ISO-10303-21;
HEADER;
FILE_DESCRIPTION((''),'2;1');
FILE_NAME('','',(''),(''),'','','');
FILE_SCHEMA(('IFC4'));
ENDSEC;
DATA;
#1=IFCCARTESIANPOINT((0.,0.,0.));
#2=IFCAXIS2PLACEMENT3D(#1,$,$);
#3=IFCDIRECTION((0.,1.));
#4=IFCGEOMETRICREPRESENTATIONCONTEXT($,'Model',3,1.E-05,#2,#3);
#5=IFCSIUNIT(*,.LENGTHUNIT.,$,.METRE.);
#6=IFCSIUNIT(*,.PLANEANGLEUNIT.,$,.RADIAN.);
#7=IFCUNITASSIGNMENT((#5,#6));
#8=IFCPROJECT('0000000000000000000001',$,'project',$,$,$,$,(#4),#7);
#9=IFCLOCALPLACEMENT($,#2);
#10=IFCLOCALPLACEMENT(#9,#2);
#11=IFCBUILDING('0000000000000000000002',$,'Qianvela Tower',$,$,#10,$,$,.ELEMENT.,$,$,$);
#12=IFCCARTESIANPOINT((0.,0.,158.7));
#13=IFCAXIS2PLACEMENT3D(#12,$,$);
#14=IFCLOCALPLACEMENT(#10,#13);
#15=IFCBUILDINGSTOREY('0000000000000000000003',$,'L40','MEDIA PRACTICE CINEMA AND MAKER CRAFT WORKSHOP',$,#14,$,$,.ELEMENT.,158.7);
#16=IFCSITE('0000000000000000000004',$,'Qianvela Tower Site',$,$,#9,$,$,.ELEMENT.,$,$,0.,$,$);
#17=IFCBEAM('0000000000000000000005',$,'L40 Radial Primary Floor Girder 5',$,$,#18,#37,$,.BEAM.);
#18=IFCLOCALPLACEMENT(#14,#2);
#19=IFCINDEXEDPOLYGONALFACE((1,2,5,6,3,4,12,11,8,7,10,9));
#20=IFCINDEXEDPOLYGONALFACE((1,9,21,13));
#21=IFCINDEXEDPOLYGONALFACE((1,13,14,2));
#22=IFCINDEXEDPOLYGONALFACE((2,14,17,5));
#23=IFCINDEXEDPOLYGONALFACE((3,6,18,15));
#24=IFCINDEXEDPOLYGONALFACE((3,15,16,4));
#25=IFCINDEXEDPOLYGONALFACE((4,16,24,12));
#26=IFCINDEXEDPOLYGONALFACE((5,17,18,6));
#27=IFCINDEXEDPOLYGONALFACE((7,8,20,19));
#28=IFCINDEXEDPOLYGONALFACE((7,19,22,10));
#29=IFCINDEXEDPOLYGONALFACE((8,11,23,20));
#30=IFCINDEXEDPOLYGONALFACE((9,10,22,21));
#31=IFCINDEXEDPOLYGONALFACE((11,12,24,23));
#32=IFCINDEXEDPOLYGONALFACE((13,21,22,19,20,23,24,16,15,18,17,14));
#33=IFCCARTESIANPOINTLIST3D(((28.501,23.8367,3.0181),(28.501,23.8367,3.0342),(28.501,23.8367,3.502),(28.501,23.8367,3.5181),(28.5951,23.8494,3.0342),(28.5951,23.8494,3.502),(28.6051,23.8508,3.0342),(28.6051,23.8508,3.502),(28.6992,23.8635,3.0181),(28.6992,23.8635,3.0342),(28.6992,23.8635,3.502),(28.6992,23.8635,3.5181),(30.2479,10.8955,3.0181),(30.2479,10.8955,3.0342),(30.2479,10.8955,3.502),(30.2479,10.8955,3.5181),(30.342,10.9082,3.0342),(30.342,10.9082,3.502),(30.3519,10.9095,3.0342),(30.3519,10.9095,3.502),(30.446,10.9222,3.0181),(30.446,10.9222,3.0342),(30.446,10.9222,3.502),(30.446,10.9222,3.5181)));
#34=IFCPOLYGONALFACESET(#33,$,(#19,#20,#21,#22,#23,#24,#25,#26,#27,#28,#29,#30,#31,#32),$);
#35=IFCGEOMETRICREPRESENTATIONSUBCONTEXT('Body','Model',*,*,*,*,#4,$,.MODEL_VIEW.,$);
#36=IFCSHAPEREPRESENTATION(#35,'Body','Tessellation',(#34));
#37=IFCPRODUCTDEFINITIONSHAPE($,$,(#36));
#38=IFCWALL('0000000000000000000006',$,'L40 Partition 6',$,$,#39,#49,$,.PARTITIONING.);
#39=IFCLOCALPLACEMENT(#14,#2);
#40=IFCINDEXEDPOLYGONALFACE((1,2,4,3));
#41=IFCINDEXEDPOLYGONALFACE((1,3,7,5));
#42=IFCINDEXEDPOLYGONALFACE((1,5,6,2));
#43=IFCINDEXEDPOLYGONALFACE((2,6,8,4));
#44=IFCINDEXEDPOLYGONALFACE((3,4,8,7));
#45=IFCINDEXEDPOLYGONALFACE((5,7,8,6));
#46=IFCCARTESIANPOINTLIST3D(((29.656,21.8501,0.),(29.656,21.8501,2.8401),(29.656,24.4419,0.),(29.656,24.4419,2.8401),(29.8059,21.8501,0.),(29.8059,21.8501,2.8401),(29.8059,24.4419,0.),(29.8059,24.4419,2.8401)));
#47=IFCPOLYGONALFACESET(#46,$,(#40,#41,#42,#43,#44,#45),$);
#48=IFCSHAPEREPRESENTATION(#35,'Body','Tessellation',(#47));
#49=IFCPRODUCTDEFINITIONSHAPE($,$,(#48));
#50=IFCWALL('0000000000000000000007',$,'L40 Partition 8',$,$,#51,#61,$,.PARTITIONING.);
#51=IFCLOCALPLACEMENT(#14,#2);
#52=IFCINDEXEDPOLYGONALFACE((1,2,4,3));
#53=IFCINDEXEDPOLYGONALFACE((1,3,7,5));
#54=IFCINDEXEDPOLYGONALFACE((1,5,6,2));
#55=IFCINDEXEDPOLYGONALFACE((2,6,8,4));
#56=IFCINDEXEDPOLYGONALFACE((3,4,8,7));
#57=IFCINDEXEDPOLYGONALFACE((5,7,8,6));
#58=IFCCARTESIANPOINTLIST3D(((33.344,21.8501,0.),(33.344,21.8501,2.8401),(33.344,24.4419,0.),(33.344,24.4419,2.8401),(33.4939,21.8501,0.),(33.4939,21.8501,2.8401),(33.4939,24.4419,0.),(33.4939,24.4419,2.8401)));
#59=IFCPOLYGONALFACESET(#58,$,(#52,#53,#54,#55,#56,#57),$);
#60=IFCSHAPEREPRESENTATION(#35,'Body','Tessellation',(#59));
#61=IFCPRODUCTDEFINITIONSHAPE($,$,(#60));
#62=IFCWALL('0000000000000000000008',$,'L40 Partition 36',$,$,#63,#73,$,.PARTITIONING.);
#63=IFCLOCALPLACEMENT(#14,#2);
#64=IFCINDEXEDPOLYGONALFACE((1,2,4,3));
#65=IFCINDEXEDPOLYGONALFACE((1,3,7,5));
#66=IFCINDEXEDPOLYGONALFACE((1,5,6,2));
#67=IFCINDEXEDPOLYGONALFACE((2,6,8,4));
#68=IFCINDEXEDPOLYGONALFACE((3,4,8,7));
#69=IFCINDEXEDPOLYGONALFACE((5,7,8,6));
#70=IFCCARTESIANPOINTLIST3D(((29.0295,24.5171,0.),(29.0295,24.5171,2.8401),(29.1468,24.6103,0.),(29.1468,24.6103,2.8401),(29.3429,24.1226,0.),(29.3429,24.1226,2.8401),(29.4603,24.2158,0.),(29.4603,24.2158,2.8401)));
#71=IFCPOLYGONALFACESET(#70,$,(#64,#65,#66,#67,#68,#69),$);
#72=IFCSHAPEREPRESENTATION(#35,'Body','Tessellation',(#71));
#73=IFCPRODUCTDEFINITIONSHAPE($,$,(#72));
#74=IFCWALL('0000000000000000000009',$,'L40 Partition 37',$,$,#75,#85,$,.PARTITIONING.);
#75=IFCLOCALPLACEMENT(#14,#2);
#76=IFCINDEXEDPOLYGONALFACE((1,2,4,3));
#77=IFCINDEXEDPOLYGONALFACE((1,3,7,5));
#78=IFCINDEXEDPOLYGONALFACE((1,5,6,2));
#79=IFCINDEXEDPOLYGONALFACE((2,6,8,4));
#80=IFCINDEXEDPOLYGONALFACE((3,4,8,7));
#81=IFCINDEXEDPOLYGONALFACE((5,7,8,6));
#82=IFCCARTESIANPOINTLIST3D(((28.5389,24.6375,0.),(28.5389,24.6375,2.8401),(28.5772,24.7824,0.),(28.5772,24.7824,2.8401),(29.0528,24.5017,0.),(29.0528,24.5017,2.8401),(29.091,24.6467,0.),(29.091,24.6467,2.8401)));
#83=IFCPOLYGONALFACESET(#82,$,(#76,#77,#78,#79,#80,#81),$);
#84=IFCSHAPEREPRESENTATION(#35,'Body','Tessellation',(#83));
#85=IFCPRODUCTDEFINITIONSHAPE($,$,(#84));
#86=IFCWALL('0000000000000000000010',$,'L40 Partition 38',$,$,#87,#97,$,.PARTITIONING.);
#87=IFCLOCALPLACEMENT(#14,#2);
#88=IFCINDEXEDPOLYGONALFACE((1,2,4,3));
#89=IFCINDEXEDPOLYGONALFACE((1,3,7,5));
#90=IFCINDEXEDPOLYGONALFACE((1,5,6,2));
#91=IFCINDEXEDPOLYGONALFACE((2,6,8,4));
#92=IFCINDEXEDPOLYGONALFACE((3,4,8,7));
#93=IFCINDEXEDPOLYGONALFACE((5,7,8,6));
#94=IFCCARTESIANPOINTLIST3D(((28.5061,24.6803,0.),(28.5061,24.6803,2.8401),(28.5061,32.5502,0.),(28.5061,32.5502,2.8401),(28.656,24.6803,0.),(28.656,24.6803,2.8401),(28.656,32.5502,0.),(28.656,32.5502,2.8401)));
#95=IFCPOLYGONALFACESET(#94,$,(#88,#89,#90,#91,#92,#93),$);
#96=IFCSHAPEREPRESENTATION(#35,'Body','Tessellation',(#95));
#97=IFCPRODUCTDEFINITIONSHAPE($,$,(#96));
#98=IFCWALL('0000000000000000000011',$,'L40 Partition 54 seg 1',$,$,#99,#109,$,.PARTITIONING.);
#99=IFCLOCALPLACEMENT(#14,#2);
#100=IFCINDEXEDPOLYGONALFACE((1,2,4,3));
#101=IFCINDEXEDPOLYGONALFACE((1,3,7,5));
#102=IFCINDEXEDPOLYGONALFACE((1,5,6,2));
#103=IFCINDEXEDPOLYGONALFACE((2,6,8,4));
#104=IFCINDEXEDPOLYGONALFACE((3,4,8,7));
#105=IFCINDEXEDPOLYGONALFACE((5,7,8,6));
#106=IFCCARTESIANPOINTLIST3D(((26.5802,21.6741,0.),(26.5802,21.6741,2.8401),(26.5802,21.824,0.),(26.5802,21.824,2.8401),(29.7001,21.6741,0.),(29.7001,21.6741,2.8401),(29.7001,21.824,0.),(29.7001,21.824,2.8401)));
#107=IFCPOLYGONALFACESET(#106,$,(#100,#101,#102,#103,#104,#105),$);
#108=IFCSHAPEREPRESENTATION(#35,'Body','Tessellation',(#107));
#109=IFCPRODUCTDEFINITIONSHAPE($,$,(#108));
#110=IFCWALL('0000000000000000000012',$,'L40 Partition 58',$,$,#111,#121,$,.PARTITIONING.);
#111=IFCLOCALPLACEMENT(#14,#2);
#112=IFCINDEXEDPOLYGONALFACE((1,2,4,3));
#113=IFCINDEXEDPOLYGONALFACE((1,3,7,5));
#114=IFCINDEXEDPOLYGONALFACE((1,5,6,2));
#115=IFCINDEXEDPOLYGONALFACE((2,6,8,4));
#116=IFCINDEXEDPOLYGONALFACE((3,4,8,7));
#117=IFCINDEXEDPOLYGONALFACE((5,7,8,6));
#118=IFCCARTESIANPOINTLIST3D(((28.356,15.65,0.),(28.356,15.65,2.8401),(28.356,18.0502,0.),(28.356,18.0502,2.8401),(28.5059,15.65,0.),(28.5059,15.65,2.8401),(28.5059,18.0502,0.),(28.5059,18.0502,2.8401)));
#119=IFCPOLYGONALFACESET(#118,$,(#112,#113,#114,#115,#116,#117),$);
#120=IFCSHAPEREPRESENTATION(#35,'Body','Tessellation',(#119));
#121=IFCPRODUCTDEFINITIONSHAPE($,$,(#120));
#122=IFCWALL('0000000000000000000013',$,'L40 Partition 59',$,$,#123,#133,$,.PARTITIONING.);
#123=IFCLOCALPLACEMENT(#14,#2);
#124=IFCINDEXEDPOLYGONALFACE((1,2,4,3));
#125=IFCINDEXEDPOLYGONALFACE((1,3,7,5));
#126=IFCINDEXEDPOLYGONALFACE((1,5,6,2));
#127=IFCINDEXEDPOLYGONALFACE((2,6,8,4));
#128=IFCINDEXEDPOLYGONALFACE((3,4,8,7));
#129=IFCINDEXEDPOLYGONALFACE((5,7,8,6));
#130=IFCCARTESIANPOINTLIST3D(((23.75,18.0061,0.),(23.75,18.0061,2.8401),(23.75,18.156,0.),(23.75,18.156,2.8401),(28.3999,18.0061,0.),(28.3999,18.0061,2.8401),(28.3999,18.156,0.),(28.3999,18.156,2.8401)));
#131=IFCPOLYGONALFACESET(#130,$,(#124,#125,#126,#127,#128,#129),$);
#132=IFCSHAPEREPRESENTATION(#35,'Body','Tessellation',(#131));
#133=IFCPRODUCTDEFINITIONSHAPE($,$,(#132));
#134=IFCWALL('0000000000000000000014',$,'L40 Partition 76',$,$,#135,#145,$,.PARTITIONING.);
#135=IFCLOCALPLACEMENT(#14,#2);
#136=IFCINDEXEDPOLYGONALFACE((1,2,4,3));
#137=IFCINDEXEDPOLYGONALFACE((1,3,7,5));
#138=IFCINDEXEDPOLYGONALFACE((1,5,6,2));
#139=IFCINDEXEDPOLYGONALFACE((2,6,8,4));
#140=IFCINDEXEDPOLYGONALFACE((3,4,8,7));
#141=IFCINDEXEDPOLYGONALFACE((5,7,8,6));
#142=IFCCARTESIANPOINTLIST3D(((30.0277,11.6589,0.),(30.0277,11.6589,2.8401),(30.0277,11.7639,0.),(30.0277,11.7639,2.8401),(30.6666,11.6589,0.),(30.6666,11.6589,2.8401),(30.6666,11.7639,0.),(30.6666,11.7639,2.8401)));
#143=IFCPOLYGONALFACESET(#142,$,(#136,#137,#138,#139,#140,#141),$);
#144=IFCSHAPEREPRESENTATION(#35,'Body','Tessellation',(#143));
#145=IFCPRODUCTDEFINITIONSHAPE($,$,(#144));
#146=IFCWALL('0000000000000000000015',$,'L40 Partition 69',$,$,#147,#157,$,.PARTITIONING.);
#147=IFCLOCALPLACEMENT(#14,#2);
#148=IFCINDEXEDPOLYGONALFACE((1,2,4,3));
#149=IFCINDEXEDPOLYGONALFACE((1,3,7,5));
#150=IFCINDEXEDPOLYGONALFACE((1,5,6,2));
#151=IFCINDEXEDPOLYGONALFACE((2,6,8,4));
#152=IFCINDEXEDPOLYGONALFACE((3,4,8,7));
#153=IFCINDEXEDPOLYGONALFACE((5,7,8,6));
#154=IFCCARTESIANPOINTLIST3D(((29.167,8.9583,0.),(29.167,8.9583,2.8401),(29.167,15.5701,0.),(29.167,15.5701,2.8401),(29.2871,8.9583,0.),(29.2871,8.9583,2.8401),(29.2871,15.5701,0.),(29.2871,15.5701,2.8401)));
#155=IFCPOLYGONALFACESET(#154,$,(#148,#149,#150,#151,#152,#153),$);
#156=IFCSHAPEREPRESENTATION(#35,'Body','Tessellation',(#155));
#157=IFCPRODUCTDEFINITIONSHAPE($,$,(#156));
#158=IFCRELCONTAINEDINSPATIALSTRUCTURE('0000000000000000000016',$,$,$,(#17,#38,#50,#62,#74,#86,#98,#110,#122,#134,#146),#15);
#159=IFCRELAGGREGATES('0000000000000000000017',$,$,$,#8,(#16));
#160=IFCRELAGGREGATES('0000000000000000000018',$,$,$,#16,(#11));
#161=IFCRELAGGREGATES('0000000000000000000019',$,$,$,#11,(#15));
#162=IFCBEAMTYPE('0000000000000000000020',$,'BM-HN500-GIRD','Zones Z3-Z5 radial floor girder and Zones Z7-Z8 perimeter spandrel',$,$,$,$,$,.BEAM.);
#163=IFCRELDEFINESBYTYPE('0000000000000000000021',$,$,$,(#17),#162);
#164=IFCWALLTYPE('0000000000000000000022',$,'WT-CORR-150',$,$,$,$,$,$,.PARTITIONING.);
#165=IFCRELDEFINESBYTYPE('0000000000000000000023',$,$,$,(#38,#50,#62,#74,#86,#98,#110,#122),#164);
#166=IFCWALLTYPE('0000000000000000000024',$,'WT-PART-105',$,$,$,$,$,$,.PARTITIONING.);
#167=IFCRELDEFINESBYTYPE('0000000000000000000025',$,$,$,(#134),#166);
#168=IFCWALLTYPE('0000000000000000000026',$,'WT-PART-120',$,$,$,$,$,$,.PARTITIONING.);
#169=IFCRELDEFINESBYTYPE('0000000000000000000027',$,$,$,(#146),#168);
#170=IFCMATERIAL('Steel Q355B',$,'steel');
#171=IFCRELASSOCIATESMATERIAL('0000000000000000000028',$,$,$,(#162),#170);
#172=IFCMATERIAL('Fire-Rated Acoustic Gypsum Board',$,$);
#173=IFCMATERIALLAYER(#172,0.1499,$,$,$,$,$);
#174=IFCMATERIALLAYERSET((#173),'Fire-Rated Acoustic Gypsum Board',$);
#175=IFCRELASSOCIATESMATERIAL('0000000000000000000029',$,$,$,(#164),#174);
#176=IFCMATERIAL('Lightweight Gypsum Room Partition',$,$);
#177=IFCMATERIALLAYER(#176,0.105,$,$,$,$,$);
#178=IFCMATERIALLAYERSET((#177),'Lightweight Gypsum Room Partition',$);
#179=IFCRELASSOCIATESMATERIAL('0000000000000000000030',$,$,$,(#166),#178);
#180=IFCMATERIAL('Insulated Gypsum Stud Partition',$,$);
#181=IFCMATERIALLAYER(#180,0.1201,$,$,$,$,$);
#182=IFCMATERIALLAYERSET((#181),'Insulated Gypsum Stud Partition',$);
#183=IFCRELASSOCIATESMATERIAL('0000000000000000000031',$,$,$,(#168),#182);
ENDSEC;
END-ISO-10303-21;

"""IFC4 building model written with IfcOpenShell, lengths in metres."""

from ifc_helpers import new_model, si_unit, direction, frame, frame_2d, origin, origin_2d, place, context, subcontext, project, spatial, rectangle, i_section, extrude, material, layer, layer_set, material_profile, profile_set, type_object, element, save


model = new_model("IFC4")

# Units and contexts
model_context = context("Model", 3, precision=1e-05, world=origin(), true_north=direction((0.0, 1.0)))
body_context = subcontext(model_context, "Body", "Model", "MODEL_VIEW")
ifc_project = project(units=[si_unit("LENGTHUNIT", "METRE"), si_unit("PLANEANGLEUNIT", "RADIAN")], contexts=[model_context])

# Site, building, storey
site_placement = place(None, origin())
site = spatial("IfcSite", under=ifc_project, at=site_placement, Name="Qianvela Tower Site", CompositionType="ELEMENT", RefElevation=0.0)
building_placement = place(site_placement, origin())
building = spatial("IfcBuilding", under=site, at=building_placement, Name="Qianvela Tower", CompositionType="ELEMENT")
storey_placement = place(building_placement, frame((0.0, 0.0, 158.7)))
storey = spatial("IfcBuildingStorey", under=building, at=storey_placement, Name="L40", Description="MEDIA PRACTICE CINEMA AND MAKER CRAFT WORKSHOP", CompositionType="ELEMENT", Elevation=158.7)

# Beam
ifc_material_1 = material(Name="Steel Q355B", Category="steel")
ifc_material_profile_1 = material_profile(ifc_material_1, i_section(OverallWidth=0.2, OverallDepth=0.5, WebThickness=0.01, FlangeThickness=0.0161, at=origin_2d()), Name="HN500x200x10x16")
ifc_profile_set_1 = profile_set([ifc_material_profile_1], Name="Steel Q355B")
beam_type_1 = type_object("IfcBeamType", Name="BM-HN500-GIRD", Description="Zones Z3-Z5 radial floor girder and Zones Z7-Z8 perimeter spandrel", PredefinedType="BEAM", material=ifc_profile_set_1)
beam_1_placement = place(storey_placement, frame((28.6001, 23.8501, 3.2681), z_axis=(0.133769, -0.991013, 0.0), x_axis=(0.991013, 0.133769, 0.0)))
element("IfcBeam", 1, at=beam_1_placement, inside=storey, type_object=beam_type_1, Name="L40 Radial Primary Floor Girder 5", PredefinedType="BEAM", context=body_context, shape_type="SweptSolid", body=[
    extrude(i_section(OverallWidth=0.2, OverallDepth=0.5, WebThickness=0.01, FlangeThickness=0.0161, at=origin_2d()), origin(), (0.0, 0.0, 1.0), 13.0586),
])

# Shared definitions
ifc_material_2 = material(Name="Fire-Rated Acoustic Gypsum Board")
ifc_layer_1 = layer(ifc_material_2, 0.1499)
ifc_layer_set_1 = layer_set([ifc_layer_1], Name="Fire-Rated Acoustic Gypsum Board")
wall_type_1 = type_object("IfcWallType", Name="WT-CORR-150", PredefinedType="PARTITIONING", material=ifc_layer_set_1)

# Walls
for number, where, z_axis, x_axis, name in (
    (2, (29.731, 21.8501, 0.0), (0.0, 0.0, 1.0), (0.0, 1.0, 0.0), "L40 Partition 6"),
    (3, (33.4189, 24.4419, 0.0), (0.0, 0.0, 1.0), (0.0, -1.0, 0.0), "L40 Partition 8"),
):
    element("IfcWall", number, at=place(storey_placement, frame(where, z_axis=z_axis, x_axis=x_axis)), inside=storey, type_object=wall_type_1, Name=name, PredefinedType="PARTITIONING", context=body_context, shape_type="SweptSolid", body=[
        extrude(rectangle(XDim=2.5918, YDim=0.1499, at=frame_2d((1.2959, 0.0))), origin(), (0.0, 0.0, 1.0), 2.8401),
    ])
wall_1_placement = place(storey_placement, frame((29.4016, 24.1692, 0.0), z_axis=(0.0, 0.0, 1.0), x_axis=(-0.622092, 0.782944, 0.0)))
element("IfcWall", 4, at=wall_1_placement, inside=storey, type_object=wall_type_1, Name="L40 Partition 36", PredefinedType="PARTITIONING", context=body_context, shape_type="SweptSolid", body=[
    extrude(rectangle(XDim=0.5039, YDim=0.1499, at=frame_2d((0.252, 0.0))), origin(), (0.0, 0.0, 1.0), 2.8401),
])
wall_2_placement = place(storey_placement, frame((29.0718, 24.5742, 0.0), z_axis=(0.0, 0.0, 1.0), x_axis=(-0.966842, 0.255375, 0.0)))
element("IfcWall", 5, at=wall_2_placement, inside=storey, type_object=wall_type_1, Name="L40 Partition 37", PredefinedType="PARTITIONING", context=body_context, shape_type="SweptSolid", body=[
    extrude(rectangle(XDim=0.5315, YDim=0.1499, at=frame_2d((0.2656, 0.0))), origin(), (0.0, 0.0, 1.0), 2.8401),
])
wall_3_placement = place(storey_placement, frame((28.5811, 24.6802, 0.0), z_axis=(0.0, 0.0, 1.0), x_axis=(0.0, 1.0, 0.0)))
element("IfcWall", 6, at=wall_3_placement, inside=storey, type_object=wall_type_1, Name="L40 Partition 38", PredefinedType="PARTITIONING", context=body_context, shape_type="SweptSolid", body=[
    extrude(rectangle(XDim=7.8699, YDim=0.1499, at=frame_2d((3.9351, 0.0))), origin(), (0.0, 0.0, 1.0), 2.8401),
])
wall_4_placement = place(storey_placement, frame((26.5801, 21.749, 0.0), z_axis=(0.0, 0.0, 1.0), x_axis=(1.0, 0.0, 0.0)))
element("IfcWall", 7, at=wall_4_placement, inside=storey, type_object=wall_type_1, Name="L40 Partition 54 seg 1", PredefinedType="PARTITIONING", context=body_context, shape_type="SweptSolid", body=[
    extrude(rectangle(XDim=3.1199, YDim=0.1499, at=frame_2d((1.5601, 0.0))), origin(), (0.0, 0.0, 1.0), 2.8401),
])
wall_5_placement = place(storey_placement, frame((28.4309, 15.6499, 0.0), z_axis=(0.0, 0.0, 1.0), x_axis=(0.0, 1.0, 0.0)))
element("IfcWall", 8, at=wall_5_placement, inside=storey, type_object=wall_type_1, Name="L40 Partition 58", PredefinedType="PARTITIONING", context=body_context, shape_type="SweptSolid", body=[
    extrude(rectangle(XDim=2.4001, YDim=0.1499, at=frame_2d((1.2002, 0.0))), origin(), (0.0, 0.0, 1.0), 2.8401),
])
wall_6_placement = place(storey_placement, frame((28.3999, 18.0811, 0.0), z_axis=(0.0, 0.0, 1.0), x_axis=(-1.0, 0.0, 0.0)))
element("IfcWall", 9, at=wall_6_placement, inside=storey, type_object=wall_type_1, Name="L40 Partition 59", PredefinedType="PARTITIONING", context=body_context, shape_type="SweptSolid", body=[
    extrude(rectangle(XDim=4.6499, YDim=0.1499, at=frame_2d((2.325, 0.0))), origin(), (0.0, 0.0, 1.0), 2.8401),
])
ifc_material_3 = material(Name="Lightweight Gypsum Room Partition")
ifc_layer_2 = layer(ifc_material_3, 0.105)
ifc_layer_set_2 = layer_set([ifc_layer_2], Name="Lightweight Gypsum Room Partition")
wall_type_2 = type_object("IfcWallType", Name="WT-PART-105", PredefinedType="PARTITIONING", material=ifc_layer_set_2)
wall_7_placement = place(storey_placement, frame((30.6665, 11.7114, 0.0), z_axis=(0.0, 0.0, 1.0), x_axis=(-1.0, 0.0, 0.0)))
element("IfcWall", 10, at=wall_7_placement, inside=storey, type_object=wall_type_2, Name="L40 Partition 76", PredefinedType="PARTITIONING", context=body_context, shape_type="SweptSolid", body=[
    extrude(rectangle(XDim=0.6389, YDim=0.105, at=frame_2d((0.3193, 0.0))), origin(), (0.0, 0.0, 1.0), 2.8401),
])
ifc_material_4 = material(Name="Insulated Gypsum Stud Partition")
ifc_layer_3 = layer(ifc_material_4, 0.1201)
ifc_layer_set_3 = layer_set([ifc_layer_3], Name="Insulated Gypsum Stud Partition")
wall_type_3 = type_object("IfcWallType", Name="WT-PART-120", PredefinedType="PARTITIONING", material=ifc_layer_set_3)
wall_8_placement = place(storey_placement, frame((29.2271, 15.5701, 0.0), z_axis=(0.0, 0.0, 1.0), x_axis=(0.0, -1.0, 0.0)))
element("IfcWall", 11, at=wall_8_placement, inside=storey, type_object=wall_type_3, Name="L40 Partition 69", PredefinedType="PARTITIONING", context=body_context, shape_type="SweptSolid", body=[
    extrude(rectangle(XDim=6.6118, YDim=0.1201, at=frame_2d((3.3059, 0.0))), origin(), (0.0, 0.0, 1.0), 2.8401),
])

save(model, "model.ifc")
